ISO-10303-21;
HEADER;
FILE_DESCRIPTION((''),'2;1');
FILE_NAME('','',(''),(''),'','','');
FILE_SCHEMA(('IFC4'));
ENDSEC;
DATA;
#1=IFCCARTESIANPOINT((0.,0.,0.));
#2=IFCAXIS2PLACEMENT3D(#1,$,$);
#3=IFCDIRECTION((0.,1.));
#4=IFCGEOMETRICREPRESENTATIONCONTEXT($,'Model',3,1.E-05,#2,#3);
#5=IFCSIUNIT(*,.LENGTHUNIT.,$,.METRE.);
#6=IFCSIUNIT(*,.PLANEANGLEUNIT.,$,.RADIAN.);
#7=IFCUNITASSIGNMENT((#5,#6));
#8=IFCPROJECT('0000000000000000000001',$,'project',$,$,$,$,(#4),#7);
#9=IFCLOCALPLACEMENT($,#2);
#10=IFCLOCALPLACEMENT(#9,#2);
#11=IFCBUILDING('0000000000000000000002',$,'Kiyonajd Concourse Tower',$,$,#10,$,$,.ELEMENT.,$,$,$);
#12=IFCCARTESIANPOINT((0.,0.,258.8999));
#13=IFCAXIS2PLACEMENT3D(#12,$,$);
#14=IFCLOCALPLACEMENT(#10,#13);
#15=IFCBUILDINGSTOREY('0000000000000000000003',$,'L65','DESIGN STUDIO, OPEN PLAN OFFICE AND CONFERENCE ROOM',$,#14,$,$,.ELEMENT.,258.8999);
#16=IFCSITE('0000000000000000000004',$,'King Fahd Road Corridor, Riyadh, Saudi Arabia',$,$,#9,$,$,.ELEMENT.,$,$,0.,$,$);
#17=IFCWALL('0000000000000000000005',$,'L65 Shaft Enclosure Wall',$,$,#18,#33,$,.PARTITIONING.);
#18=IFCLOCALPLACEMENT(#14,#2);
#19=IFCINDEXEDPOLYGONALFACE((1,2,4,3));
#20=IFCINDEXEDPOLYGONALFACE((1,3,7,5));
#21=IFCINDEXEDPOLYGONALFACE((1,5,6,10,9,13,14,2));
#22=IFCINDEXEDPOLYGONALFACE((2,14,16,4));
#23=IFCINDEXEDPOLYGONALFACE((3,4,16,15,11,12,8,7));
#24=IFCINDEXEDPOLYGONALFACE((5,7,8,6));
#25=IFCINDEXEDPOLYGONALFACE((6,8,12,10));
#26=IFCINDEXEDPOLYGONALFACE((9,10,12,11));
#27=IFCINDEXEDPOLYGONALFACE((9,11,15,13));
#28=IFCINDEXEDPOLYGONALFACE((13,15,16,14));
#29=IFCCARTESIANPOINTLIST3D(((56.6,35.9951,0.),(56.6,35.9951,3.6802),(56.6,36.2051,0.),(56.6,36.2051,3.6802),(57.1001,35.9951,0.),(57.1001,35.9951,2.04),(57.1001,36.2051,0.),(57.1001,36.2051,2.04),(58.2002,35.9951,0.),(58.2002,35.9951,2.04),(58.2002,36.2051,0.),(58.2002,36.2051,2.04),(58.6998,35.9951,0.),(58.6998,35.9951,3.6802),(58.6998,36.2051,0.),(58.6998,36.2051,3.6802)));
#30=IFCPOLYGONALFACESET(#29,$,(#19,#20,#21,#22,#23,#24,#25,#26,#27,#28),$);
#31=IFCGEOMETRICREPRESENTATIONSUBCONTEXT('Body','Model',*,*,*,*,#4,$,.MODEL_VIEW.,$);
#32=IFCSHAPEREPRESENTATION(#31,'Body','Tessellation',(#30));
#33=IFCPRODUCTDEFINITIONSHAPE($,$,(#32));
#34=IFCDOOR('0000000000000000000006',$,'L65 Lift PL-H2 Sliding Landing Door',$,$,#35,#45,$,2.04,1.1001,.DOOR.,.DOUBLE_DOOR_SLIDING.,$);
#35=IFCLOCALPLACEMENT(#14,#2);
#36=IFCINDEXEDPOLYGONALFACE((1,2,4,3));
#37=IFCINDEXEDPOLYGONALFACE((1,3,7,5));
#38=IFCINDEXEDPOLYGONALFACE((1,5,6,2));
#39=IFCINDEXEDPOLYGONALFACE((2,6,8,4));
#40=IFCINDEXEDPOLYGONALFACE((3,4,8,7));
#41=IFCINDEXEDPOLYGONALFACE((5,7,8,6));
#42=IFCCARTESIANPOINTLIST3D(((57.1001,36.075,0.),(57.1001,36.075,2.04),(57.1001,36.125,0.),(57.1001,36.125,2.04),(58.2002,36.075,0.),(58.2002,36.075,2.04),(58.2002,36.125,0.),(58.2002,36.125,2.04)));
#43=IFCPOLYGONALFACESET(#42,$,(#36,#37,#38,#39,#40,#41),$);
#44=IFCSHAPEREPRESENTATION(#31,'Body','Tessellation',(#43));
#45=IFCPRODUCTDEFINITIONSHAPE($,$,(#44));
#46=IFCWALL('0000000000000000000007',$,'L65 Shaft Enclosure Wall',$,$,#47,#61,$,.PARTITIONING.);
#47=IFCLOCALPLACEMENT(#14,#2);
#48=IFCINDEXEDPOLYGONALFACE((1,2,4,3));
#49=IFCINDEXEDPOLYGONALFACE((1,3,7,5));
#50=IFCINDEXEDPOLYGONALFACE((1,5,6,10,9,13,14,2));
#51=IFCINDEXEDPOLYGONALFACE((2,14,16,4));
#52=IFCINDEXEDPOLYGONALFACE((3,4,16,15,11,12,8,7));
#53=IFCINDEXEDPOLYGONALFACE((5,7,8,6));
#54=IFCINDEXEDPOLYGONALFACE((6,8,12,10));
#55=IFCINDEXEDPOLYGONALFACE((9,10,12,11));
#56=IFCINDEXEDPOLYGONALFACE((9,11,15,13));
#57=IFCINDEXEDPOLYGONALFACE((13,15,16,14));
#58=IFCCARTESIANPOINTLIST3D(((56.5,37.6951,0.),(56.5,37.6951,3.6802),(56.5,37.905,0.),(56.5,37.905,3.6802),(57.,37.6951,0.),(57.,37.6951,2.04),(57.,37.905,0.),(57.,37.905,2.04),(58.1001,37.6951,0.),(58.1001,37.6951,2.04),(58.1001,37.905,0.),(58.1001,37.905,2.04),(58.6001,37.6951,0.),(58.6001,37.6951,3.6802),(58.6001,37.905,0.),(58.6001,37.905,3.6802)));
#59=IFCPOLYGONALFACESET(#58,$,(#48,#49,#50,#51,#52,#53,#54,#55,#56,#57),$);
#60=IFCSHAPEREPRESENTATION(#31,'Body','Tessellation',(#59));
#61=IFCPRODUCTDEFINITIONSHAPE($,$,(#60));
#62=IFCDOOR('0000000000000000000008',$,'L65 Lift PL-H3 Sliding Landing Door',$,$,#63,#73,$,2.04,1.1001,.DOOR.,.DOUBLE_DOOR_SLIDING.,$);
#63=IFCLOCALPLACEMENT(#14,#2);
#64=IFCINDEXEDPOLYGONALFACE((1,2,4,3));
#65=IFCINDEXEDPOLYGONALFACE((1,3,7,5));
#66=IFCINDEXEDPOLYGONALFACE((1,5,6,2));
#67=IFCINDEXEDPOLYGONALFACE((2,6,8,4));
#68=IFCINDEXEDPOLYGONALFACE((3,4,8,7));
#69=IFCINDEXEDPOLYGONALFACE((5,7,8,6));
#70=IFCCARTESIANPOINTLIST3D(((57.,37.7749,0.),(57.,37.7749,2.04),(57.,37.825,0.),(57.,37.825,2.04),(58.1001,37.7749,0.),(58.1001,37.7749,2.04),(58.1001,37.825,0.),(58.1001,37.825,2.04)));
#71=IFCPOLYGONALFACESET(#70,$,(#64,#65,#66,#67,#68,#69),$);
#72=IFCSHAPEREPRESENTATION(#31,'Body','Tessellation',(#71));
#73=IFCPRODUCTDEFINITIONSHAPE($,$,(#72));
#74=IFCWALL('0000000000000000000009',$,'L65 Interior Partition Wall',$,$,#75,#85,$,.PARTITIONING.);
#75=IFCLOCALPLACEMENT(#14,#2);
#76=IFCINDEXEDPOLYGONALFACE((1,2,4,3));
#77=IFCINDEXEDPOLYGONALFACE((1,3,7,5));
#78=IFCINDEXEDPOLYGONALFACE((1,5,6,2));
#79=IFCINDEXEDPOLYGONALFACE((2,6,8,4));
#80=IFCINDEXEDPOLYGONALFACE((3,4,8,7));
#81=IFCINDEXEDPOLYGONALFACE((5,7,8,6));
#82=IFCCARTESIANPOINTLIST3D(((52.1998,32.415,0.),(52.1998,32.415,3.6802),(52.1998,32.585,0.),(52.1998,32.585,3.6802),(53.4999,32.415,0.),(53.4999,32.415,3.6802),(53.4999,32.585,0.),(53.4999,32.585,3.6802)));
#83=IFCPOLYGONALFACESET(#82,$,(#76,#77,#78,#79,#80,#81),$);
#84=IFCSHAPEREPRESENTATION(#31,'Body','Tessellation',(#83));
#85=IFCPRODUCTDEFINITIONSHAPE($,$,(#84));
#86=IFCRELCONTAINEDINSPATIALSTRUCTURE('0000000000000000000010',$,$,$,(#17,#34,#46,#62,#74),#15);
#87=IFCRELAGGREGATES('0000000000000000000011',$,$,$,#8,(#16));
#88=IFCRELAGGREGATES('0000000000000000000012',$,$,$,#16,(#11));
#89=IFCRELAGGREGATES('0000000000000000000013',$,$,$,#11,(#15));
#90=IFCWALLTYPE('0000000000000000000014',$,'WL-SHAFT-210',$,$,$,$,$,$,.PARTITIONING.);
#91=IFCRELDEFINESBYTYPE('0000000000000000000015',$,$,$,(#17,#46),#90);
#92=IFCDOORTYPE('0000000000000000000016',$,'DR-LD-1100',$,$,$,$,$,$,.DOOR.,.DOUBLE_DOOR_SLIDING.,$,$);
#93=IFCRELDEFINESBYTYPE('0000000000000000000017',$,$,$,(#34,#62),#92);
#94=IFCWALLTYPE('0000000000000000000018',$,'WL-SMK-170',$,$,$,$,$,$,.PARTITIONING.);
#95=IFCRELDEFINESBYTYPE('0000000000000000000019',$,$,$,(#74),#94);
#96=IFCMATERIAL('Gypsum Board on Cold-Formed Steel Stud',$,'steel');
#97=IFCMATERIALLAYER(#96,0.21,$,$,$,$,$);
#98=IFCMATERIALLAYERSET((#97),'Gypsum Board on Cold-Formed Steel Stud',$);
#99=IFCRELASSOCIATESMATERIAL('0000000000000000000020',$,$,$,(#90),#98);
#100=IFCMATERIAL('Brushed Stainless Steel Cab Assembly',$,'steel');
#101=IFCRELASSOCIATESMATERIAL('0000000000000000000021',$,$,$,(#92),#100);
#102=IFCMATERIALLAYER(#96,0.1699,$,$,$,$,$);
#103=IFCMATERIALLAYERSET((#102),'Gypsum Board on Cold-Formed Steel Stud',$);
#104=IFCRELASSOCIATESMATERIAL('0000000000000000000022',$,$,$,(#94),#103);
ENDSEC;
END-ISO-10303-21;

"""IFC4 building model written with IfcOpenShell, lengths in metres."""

from ifc_helpers import new_model, si_unit, direction, frame, frame_2d, origin, place, context, subcontext, project, spatial, rectangle, extrude, material, layer, layer_set, type_object, element, fill, save


model = new_model("IFC4")

# Units and contexts
model_context = context("Model", 3, precision=1e-05, world=origin(), true_north=direction((0.0, 1.0)))
body_context = subcontext(model_context, "Body", "Model", "MODEL_VIEW")
ifc_project = project(units=[si_unit("LENGTHUNIT", "METRE"), si_unit("PLANEANGLEUNIT", "RADIAN")], contexts=[model_context])

# Site, building, storey
site_placement = place(None, origin())
site = spatial("IfcSite", under=ifc_project, at=site_placement, Name="King Fahd Road Corridor, Riyadh, Saudi Arabia", CompositionType="ELEMENT", RefElevation=0.0)
building_placement = place(site_placement, origin())
building = spatial("IfcBuilding", under=site, at=building_placement, Name="Kiyonajd Concourse Tower", CompositionType="ELEMENT")
storey_placement = place(building_placement, frame((0.0, 0.0, 258.8999)))
storey = spatial("IfcBuildingStorey", under=building, at=storey_placement, Name="L65", Description="DESIGN STUDIO, OPEN PLAN OFFICE AND CONFERENCE ROOM", CompositionType="ELEMENT", Elevation=258.8999)

# Shared definitions
ifc_material_1 = material(Name="Gypsum Board on Cold-Formed Steel Stud", Category="steel")
ifc_layer_1 = layer(ifc_material_1, 0.21)
ifc_layer_set_1 = layer_set([ifc_layer_1], Name="Gypsum Board on Cold-Formed Steel Stud")
wall_type_1 = type_object("IfcWallType", Name="WL-SHAFT-210", PredefinedType="PARTITIONING", material=ifc_layer_set_1)
ifc_material_2 = material(Name="Brushed Stainless Steel Cab Assembly", Category="steel")

# Shared definitions
door_type_1 = type_object("IfcDoorType", Name="DR-LD-1100", OperationType="DOUBLE_DOOR_SLIDING", PredefinedType="DOOR", material=ifc_material_2)

# Walls, openings, doors
wall_1_placement = place(storey_placement, frame((56.6001, 36.1001, 0.0), z_axis=(0.0, 0.0, 1.0), x_axis=(1.0, 0.0, 0.0)))
wall_1 = element("IfcWall", 1, at=wall_1_placement, inside=storey, type_object=wall_type_1, Name="L65 Shaft Enclosure Wall", PredefinedType="PARTITIONING", context=body_context, shape_type="SweptSolid", body=[
    extrude(rectangle(XDim=2.0999, YDim=0.21, at=frame_2d((1.0498, 0.0))), origin(), (0.0, 0.0, 1.0), 3.6802),
])
opening_1_placement = place(wall_1_placement, frame((0.5, 0.0, 0.0)))
opening_1 = element("IfcOpeningElement", 2, at=opening_1_placement, cuts=wall_1, PredefinedType="OPENING", context=body_context, shape_type="SweptSolid", body=[
    extrude(rectangle(XDim=1.1001, YDim=2.04, at=frame_2d((0.55, 1.02))), frame((0.0, 0.115, 0.0), z_axis=(0.0, -1.0, 0.0), x_axis=(1.0, 0.0, 0.0)), (0.0, 0.0, 1.0), 0.23),
])
door_1_placement = place(opening_1_placement, origin())
door_1 = element("IfcDoor", 3, at=door_1_placement, inside=storey, type_object=door_type_1, Name="L65 Lift PL-H2 Sliding Landing Door", OperationType="DOUBLE_DOOR_SLIDING", OverallHeight=2.04, OverallWidth=1.1001, PredefinedType="DOOR", context=body_context, shape_type="SweptSolid", body=[
    extrude(rectangle(XDim=1.1001, YDim=2.04, at=frame_2d((0.55, 1.02))), frame((0.0, 0.0249, 0.0), z_axis=(0.0, -1.0, 0.0), x_axis=(1.0, 0.0, 0.0)), (0.0, 0.0, 1.0), 0.05),
])
fill(opening_1, door_1)
wall_2_placement = place(storey_placement, frame((56.5, 37.8, 0.0), z_axis=(0.0, 0.0, 1.0), x_axis=(1.0, 0.0, 0.0)))
wall_2 = element("IfcWall", 4, at=wall_2_placement, inside=storey, type_object=wall_type_1, Name="L65 Shaft Enclosure Wall", PredefinedType="PARTITIONING", context=body_context, shape_type="SweptSolid", body=[
    extrude(rectangle(XDim=2.1001, YDim=0.21, at=frame_2d((1.05, 0.0))), origin(), (0.0, 0.0, 1.0), 3.6802),
])
opening_2_placement = place(wall_2_placement, frame((0.5, 0.0, 0.0)))
opening_2 = element("IfcOpeningElement", 5, at=opening_2_placement, cuts=wall_2, PredefinedType="OPENING", context=body_context, shape_type="SweptSolid", body=[
    extrude(rectangle(XDim=1.1001, YDim=2.04, at=frame_2d((0.55, 1.02))), frame((0.0, 0.115, 0.0), z_axis=(0.0, -1.0, 0.0), x_axis=(1.0, 0.0, 0.0)), (0.0, 0.0, 1.0), 0.23),
])
door_2_placement = place(opening_2_placement, origin())
door_2 = element("IfcDoor", 6, at=door_2_placement, inside=storey, type_object=door_type_1, Name="L65 Lift PL-H3 Sliding Landing Door", OperationType="DOUBLE_DOOR_SLIDING", OverallHeight=2.04, OverallWidth=1.1001, PredefinedType="DOOR", context=body_context, shape_type="SweptSolid", body=[
    extrude(rectangle(XDim=1.1001, YDim=2.04, at=frame_2d((0.55, 1.02))), frame((0.0, 0.0249, 0.0), z_axis=(0.0, -1.0, 0.0), x_axis=(1.0, 0.0, 0.0)), (0.0, 0.0, 1.0), 0.05),
])
fill(opening_2, door_2)

# Wall
ifc_layer_2 = layer(ifc_material_1, 0.1699)
ifc_layer_set_2 = layer_set([ifc_layer_2], Name="Gypsum Board on Cold-Formed Steel Stud")
wall_type_2 = type_object("IfcWallType", Name="WL-SMK-170", PredefinedType="PARTITIONING", material=ifc_layer_set_2)
wall_3_placement = place(storey_placement, frame((52.2, 32.5, 0.0), z_axis=(0.0, 0.0, 1.0), x_axis=(1.0, 0.0, 0.0)))
element("IfcWall", 7, at=wall_3_placement, inside=storey, type_object=wall_type_2, Name="L65 Interior Partition Wall", PredefinedType="PARTITIONING", context=body_context, shape_type="SweptSolid", body=[
    extrude(rectangle(XDim=1.3, YDim=0.1699, at=frame_2d((0.6499, 0.0))), origin(), (0.0, 0.0, 1.0), 3.6802),
])

save(model, "model.ifc")
